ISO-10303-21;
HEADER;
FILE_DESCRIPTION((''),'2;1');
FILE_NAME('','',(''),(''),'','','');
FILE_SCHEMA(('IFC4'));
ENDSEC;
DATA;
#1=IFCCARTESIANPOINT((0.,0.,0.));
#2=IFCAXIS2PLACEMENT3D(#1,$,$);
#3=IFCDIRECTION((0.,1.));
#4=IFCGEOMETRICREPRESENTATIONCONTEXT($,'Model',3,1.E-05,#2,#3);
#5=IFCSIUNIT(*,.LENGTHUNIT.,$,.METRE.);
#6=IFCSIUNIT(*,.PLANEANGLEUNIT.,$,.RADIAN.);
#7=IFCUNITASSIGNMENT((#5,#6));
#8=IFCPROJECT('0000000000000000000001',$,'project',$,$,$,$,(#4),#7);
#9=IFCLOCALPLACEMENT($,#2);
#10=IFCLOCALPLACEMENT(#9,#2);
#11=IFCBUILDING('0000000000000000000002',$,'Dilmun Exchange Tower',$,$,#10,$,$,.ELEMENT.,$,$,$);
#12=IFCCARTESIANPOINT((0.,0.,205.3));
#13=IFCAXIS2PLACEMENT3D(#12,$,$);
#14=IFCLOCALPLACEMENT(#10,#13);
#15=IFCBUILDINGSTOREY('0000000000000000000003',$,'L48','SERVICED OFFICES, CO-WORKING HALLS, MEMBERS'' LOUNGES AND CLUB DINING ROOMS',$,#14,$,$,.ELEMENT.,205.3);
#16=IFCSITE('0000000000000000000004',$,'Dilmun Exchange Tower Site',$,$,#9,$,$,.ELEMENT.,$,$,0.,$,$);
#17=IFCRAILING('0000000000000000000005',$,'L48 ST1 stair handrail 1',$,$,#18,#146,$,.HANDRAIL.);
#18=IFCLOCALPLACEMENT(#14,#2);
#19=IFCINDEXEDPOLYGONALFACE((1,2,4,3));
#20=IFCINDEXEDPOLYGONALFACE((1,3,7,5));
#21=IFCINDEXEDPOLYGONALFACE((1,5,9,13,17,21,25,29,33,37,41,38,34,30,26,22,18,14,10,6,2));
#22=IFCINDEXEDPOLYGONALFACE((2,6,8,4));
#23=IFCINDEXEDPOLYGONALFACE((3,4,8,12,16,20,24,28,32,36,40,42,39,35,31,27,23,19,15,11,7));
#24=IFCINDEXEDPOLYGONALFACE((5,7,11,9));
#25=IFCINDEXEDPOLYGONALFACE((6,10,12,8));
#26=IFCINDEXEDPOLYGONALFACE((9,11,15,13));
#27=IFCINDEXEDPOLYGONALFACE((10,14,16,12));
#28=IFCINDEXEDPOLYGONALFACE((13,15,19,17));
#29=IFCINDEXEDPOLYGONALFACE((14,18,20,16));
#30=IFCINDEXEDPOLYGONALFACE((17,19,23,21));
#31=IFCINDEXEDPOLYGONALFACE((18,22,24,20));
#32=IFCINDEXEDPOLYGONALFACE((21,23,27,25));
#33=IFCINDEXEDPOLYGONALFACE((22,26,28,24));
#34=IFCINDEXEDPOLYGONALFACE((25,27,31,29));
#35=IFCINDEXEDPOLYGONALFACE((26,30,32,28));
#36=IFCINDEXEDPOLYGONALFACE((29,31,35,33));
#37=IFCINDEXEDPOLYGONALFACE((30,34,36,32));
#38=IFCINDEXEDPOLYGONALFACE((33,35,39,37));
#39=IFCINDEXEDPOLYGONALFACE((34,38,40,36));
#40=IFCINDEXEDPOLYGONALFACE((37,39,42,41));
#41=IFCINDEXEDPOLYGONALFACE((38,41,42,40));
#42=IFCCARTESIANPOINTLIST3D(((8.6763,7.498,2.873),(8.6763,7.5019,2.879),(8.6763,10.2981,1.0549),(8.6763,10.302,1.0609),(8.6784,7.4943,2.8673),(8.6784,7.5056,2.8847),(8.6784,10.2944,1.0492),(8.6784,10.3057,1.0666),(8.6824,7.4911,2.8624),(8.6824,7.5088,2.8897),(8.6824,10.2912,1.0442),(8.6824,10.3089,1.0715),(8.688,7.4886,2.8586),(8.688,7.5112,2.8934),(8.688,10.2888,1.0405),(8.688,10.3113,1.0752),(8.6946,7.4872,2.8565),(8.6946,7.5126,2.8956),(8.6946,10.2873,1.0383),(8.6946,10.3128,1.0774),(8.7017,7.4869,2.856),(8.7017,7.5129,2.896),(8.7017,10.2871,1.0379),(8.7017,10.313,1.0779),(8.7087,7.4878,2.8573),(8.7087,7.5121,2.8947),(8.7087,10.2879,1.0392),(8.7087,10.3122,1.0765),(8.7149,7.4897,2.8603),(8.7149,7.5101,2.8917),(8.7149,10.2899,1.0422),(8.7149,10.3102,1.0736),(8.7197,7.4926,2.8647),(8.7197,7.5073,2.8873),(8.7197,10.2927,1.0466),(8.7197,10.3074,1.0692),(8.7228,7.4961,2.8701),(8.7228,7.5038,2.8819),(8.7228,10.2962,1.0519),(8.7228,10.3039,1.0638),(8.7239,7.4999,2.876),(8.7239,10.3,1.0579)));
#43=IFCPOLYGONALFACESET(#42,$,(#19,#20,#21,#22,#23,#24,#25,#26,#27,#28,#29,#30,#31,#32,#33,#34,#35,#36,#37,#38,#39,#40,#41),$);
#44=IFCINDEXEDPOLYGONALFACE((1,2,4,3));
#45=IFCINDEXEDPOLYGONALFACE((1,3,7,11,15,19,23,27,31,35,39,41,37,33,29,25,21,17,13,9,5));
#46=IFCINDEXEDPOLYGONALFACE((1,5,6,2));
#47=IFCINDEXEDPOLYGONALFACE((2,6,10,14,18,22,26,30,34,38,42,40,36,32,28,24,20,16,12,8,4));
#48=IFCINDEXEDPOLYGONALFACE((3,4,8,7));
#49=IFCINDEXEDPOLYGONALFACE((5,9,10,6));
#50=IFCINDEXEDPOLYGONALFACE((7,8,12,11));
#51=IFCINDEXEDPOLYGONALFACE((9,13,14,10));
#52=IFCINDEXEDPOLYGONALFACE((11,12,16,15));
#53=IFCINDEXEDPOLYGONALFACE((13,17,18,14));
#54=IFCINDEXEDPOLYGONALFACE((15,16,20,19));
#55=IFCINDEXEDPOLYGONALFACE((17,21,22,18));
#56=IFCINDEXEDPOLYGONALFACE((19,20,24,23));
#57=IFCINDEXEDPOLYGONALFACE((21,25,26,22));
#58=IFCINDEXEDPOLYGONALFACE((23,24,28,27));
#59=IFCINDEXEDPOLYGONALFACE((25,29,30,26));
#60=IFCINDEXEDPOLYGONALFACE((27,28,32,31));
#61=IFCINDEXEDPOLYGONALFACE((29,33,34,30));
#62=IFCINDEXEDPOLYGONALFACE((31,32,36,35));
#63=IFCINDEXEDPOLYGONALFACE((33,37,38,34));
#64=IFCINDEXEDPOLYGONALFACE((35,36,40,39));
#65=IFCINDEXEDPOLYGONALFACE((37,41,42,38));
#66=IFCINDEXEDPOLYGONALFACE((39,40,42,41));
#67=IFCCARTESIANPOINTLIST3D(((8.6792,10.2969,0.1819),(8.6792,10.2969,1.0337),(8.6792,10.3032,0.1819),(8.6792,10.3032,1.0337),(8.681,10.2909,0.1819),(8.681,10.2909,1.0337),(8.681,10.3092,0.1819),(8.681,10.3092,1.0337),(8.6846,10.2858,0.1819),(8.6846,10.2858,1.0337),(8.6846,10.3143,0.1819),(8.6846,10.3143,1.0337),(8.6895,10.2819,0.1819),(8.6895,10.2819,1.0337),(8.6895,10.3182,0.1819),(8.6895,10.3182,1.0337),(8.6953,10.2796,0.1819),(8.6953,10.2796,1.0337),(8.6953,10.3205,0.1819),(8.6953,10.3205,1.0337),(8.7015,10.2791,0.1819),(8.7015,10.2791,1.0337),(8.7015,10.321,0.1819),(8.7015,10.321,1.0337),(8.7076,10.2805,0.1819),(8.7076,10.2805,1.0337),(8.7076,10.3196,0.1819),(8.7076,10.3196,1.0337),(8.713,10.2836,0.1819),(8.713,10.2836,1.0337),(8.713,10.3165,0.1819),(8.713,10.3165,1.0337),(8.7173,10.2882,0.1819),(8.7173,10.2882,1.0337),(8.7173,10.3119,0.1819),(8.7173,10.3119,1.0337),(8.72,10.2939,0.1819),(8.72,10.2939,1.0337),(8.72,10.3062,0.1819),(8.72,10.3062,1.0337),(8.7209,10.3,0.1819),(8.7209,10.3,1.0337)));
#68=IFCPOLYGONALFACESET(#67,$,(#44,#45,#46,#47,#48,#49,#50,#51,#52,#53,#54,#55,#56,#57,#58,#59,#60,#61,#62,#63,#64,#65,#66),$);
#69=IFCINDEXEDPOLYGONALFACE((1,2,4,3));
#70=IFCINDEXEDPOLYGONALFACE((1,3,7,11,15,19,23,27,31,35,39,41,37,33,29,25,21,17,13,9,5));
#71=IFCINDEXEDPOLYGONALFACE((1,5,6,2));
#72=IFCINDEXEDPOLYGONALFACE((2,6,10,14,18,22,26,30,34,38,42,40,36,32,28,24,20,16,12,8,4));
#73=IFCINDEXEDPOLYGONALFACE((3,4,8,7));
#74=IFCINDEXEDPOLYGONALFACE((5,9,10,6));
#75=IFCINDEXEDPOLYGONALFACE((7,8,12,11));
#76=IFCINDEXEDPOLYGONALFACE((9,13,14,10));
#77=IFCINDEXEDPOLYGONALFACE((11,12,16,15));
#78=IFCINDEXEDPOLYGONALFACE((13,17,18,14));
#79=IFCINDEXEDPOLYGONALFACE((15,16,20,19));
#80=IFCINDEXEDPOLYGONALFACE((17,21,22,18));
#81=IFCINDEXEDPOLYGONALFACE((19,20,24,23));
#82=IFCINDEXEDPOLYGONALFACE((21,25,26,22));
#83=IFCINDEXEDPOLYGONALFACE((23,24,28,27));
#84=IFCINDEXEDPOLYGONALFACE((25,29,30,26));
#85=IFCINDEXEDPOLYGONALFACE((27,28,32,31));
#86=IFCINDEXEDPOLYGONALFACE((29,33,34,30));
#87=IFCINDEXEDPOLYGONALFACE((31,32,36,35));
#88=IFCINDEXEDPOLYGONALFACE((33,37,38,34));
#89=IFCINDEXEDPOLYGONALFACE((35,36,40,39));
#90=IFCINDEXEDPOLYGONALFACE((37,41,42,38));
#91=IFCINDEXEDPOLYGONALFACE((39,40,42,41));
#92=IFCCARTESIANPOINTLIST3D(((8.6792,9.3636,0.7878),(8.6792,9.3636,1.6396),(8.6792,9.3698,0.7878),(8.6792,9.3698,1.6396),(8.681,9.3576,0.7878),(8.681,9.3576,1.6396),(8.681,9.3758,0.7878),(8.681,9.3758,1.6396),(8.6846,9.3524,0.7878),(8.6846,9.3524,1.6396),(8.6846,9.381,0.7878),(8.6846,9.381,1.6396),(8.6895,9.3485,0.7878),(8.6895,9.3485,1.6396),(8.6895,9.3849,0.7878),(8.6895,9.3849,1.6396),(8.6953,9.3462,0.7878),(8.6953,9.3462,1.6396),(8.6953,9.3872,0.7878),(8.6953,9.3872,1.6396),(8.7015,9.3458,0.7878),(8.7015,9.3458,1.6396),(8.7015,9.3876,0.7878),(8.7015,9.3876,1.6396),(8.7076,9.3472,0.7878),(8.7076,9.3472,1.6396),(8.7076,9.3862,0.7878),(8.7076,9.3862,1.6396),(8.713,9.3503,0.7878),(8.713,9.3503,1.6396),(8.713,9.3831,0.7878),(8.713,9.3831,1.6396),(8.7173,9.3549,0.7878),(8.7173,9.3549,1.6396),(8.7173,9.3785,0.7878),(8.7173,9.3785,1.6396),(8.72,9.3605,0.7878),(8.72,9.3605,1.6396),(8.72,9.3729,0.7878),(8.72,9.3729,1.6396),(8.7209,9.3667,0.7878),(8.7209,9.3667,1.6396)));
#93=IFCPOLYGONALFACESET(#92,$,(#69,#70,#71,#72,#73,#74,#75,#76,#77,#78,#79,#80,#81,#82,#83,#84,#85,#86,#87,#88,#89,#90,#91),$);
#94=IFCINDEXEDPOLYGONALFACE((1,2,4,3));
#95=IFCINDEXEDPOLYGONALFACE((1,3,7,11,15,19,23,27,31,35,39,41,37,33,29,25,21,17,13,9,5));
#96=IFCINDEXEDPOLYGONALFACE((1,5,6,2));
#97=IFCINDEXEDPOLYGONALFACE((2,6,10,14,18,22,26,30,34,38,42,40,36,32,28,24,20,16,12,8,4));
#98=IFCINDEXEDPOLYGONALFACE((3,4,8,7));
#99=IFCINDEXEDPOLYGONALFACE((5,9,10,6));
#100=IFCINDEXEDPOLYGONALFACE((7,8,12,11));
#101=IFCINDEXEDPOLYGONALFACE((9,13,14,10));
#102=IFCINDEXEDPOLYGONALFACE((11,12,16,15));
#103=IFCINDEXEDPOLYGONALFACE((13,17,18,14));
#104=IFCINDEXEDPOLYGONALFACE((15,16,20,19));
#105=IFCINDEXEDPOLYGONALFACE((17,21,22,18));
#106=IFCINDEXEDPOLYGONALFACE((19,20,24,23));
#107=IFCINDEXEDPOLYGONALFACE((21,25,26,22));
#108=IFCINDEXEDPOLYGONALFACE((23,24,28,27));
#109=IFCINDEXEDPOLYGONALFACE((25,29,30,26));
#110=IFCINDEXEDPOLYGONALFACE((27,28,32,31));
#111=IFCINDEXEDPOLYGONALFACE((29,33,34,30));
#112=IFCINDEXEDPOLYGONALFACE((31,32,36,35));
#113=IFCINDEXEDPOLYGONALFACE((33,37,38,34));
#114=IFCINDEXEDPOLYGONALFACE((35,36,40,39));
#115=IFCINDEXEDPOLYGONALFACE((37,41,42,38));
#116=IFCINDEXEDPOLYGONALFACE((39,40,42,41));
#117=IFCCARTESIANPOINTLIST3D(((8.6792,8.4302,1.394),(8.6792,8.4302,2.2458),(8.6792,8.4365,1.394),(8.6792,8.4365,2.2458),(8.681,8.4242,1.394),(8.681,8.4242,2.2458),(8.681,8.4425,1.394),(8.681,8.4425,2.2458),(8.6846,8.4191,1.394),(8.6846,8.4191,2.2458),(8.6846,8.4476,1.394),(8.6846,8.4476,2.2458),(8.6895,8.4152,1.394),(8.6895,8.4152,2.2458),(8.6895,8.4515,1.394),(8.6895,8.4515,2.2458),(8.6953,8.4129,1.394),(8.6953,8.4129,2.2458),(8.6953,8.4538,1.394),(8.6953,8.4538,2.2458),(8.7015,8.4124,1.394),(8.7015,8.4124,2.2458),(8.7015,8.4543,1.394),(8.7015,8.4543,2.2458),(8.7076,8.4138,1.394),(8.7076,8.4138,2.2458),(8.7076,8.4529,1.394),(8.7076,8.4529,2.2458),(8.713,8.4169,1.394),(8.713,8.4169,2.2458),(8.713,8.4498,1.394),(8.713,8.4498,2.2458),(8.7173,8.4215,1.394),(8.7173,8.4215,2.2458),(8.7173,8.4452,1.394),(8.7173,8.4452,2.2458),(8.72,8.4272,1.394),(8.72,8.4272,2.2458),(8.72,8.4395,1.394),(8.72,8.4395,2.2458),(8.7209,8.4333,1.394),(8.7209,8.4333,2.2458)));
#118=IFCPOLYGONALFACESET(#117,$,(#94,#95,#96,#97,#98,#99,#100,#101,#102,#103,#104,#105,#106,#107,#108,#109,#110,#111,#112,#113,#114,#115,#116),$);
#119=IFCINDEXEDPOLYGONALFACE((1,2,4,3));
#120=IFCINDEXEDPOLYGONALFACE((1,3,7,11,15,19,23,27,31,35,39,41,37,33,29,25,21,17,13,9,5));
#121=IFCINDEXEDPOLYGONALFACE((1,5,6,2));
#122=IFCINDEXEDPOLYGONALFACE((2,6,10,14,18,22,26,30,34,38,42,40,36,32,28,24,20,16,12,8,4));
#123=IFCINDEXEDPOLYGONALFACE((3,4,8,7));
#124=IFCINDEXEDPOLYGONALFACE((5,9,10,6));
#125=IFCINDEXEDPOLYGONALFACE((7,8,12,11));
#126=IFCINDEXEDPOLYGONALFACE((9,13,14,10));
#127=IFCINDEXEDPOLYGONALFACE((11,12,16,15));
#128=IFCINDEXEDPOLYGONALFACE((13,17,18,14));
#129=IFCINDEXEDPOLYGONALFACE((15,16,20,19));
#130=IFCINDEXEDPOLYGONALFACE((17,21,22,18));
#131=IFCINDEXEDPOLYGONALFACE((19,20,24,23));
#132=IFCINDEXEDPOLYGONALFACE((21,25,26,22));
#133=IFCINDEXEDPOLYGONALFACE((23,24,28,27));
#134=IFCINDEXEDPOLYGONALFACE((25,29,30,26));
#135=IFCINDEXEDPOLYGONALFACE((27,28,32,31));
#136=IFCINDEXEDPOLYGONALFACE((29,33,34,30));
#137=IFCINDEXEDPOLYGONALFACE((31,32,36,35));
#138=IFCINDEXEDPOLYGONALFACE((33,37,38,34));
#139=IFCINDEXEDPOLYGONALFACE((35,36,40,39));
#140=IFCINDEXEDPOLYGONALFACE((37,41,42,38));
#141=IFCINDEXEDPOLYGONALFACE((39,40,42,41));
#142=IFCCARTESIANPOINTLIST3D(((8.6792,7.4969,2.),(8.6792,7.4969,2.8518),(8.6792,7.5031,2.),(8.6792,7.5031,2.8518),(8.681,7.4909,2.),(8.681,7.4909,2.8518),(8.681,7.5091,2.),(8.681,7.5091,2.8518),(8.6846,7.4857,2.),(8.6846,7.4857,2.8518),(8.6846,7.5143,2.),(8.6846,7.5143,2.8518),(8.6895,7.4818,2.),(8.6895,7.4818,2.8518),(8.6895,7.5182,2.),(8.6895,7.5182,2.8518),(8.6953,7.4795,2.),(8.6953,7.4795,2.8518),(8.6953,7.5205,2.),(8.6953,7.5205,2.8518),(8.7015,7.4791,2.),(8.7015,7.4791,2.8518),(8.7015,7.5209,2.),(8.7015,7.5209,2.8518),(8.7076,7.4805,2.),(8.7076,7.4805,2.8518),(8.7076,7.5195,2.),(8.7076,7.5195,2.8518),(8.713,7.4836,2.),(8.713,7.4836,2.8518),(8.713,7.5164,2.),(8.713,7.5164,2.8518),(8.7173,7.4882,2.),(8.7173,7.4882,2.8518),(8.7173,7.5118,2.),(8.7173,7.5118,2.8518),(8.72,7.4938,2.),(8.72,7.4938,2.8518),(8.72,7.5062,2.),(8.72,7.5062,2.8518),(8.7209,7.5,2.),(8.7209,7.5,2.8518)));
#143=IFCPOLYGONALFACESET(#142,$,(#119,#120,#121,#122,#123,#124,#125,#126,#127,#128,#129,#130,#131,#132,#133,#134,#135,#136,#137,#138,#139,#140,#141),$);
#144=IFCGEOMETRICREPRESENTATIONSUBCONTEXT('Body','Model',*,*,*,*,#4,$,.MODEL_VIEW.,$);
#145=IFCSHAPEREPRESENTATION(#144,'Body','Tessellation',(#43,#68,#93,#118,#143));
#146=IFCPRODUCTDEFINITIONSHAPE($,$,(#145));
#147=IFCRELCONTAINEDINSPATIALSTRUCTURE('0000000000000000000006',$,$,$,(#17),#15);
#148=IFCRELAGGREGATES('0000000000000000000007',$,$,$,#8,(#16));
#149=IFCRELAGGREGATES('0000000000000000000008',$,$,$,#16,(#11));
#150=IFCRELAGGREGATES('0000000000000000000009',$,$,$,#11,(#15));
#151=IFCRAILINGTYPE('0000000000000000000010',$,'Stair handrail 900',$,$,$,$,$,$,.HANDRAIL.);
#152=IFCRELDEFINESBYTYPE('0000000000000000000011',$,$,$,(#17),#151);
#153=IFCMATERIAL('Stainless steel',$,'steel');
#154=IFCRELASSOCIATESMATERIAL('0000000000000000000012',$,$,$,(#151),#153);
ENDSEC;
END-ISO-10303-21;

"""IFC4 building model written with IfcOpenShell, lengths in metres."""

from ifc_helpers import new_model, si_unit, direction, frame, origin, origin_2d, place, context, subcontext, project, spatial, circle, extrude, material, type_object, element, save


model = new_model("IFC4")

# Units and contexts
model_context = context("Model", 3, precision=1e-05, world=origin(), true_north=direction((0.0, 1.0)))
body_context = subcontext(model_context, "Body", "Model", "MODEL_VIEW")
ifc_project = project(units=[si_unit("LENGTHUNIT", "METRE"), si_unit("PLANEANGLEUNIT", "RADIAN")], contexts=[model_context])

# Site, building, storey
site_placement = place(None, origin())
site = spatial("IfcSite", under=ifc_project, at=site_placement, Name="Dilmun Exchange Tower Site", CompositionType="ELEMENT", RefElevation=0.0)
building_placement = place(site_placement, origin())
building = spatial("IfcBuilding", under=site, at=building_placement, Name="Dilmun Exchange Tower", CompositionType="ELEMENT")
storey_placement = place(building_placement, frame((0.0, 0.0, 205.3)))
storey = spatial("IfcBuildingStorey", under=building, at=storey_placement, Name="L48", Description="SERVICED OFFICES, CO-WORKING HALLS, MEMBERS' LOUNGES AND CLUB DINING ROOMS", CompositionType="ELEMENT", Elevation=205.3)

# Railing
ifc_material_1 = material(Name="Stainless steel", Category="steel")
railing_type = type_object("IfcRailingType", Name="Stair handrail 900", PredefinedType="HANDRAIL", material=ifc_material_1)
railing_1_placement = place(storey_placement, frame((8.7, 10.3, 0.1819)))
element("IfcRailing", 1, at=railing_1_placement, inside=storey, type_object=railing_type, Name="L48 ST1 stair handrail 1", PredefinedType="HANDRAIL", context=body_context, shape_type="SweptSolid", body=[
    extrude(circle(Radius=0.0239, at=origin_2d()), frame((0.0, 0.0, 0.876), z_axis=(0.0, -0.838706, 0.544585), x_axis=(1.0, 0.0, 0.0)), (0.0, 0.0, 1.0), 3.3386),
    extrude(circle(Radius=0.021, at=origin_2d()), origin(), (0.0, 0.0, 1.0), 0.8518),
    extrude(circle(Radius=0.021, at=origin_2d()), frame((0.0, -0.9333, 0.606)), (0.0, 0.0, 1.0), 0.8518),
    extrude(circle(Radius=0.021, at=origin_2d()), frame((0.0, -1.8667, 1.2122)), (0.0, 0.0, 1.0), 0.8518),
    extrude(circle(Radius=0.021, at=origin_2d()), frame((0.0, -2.8, 1.8181)), (0.0, 0.0, 1.0), 0.8518),
])

save(model, "model.ifc")
